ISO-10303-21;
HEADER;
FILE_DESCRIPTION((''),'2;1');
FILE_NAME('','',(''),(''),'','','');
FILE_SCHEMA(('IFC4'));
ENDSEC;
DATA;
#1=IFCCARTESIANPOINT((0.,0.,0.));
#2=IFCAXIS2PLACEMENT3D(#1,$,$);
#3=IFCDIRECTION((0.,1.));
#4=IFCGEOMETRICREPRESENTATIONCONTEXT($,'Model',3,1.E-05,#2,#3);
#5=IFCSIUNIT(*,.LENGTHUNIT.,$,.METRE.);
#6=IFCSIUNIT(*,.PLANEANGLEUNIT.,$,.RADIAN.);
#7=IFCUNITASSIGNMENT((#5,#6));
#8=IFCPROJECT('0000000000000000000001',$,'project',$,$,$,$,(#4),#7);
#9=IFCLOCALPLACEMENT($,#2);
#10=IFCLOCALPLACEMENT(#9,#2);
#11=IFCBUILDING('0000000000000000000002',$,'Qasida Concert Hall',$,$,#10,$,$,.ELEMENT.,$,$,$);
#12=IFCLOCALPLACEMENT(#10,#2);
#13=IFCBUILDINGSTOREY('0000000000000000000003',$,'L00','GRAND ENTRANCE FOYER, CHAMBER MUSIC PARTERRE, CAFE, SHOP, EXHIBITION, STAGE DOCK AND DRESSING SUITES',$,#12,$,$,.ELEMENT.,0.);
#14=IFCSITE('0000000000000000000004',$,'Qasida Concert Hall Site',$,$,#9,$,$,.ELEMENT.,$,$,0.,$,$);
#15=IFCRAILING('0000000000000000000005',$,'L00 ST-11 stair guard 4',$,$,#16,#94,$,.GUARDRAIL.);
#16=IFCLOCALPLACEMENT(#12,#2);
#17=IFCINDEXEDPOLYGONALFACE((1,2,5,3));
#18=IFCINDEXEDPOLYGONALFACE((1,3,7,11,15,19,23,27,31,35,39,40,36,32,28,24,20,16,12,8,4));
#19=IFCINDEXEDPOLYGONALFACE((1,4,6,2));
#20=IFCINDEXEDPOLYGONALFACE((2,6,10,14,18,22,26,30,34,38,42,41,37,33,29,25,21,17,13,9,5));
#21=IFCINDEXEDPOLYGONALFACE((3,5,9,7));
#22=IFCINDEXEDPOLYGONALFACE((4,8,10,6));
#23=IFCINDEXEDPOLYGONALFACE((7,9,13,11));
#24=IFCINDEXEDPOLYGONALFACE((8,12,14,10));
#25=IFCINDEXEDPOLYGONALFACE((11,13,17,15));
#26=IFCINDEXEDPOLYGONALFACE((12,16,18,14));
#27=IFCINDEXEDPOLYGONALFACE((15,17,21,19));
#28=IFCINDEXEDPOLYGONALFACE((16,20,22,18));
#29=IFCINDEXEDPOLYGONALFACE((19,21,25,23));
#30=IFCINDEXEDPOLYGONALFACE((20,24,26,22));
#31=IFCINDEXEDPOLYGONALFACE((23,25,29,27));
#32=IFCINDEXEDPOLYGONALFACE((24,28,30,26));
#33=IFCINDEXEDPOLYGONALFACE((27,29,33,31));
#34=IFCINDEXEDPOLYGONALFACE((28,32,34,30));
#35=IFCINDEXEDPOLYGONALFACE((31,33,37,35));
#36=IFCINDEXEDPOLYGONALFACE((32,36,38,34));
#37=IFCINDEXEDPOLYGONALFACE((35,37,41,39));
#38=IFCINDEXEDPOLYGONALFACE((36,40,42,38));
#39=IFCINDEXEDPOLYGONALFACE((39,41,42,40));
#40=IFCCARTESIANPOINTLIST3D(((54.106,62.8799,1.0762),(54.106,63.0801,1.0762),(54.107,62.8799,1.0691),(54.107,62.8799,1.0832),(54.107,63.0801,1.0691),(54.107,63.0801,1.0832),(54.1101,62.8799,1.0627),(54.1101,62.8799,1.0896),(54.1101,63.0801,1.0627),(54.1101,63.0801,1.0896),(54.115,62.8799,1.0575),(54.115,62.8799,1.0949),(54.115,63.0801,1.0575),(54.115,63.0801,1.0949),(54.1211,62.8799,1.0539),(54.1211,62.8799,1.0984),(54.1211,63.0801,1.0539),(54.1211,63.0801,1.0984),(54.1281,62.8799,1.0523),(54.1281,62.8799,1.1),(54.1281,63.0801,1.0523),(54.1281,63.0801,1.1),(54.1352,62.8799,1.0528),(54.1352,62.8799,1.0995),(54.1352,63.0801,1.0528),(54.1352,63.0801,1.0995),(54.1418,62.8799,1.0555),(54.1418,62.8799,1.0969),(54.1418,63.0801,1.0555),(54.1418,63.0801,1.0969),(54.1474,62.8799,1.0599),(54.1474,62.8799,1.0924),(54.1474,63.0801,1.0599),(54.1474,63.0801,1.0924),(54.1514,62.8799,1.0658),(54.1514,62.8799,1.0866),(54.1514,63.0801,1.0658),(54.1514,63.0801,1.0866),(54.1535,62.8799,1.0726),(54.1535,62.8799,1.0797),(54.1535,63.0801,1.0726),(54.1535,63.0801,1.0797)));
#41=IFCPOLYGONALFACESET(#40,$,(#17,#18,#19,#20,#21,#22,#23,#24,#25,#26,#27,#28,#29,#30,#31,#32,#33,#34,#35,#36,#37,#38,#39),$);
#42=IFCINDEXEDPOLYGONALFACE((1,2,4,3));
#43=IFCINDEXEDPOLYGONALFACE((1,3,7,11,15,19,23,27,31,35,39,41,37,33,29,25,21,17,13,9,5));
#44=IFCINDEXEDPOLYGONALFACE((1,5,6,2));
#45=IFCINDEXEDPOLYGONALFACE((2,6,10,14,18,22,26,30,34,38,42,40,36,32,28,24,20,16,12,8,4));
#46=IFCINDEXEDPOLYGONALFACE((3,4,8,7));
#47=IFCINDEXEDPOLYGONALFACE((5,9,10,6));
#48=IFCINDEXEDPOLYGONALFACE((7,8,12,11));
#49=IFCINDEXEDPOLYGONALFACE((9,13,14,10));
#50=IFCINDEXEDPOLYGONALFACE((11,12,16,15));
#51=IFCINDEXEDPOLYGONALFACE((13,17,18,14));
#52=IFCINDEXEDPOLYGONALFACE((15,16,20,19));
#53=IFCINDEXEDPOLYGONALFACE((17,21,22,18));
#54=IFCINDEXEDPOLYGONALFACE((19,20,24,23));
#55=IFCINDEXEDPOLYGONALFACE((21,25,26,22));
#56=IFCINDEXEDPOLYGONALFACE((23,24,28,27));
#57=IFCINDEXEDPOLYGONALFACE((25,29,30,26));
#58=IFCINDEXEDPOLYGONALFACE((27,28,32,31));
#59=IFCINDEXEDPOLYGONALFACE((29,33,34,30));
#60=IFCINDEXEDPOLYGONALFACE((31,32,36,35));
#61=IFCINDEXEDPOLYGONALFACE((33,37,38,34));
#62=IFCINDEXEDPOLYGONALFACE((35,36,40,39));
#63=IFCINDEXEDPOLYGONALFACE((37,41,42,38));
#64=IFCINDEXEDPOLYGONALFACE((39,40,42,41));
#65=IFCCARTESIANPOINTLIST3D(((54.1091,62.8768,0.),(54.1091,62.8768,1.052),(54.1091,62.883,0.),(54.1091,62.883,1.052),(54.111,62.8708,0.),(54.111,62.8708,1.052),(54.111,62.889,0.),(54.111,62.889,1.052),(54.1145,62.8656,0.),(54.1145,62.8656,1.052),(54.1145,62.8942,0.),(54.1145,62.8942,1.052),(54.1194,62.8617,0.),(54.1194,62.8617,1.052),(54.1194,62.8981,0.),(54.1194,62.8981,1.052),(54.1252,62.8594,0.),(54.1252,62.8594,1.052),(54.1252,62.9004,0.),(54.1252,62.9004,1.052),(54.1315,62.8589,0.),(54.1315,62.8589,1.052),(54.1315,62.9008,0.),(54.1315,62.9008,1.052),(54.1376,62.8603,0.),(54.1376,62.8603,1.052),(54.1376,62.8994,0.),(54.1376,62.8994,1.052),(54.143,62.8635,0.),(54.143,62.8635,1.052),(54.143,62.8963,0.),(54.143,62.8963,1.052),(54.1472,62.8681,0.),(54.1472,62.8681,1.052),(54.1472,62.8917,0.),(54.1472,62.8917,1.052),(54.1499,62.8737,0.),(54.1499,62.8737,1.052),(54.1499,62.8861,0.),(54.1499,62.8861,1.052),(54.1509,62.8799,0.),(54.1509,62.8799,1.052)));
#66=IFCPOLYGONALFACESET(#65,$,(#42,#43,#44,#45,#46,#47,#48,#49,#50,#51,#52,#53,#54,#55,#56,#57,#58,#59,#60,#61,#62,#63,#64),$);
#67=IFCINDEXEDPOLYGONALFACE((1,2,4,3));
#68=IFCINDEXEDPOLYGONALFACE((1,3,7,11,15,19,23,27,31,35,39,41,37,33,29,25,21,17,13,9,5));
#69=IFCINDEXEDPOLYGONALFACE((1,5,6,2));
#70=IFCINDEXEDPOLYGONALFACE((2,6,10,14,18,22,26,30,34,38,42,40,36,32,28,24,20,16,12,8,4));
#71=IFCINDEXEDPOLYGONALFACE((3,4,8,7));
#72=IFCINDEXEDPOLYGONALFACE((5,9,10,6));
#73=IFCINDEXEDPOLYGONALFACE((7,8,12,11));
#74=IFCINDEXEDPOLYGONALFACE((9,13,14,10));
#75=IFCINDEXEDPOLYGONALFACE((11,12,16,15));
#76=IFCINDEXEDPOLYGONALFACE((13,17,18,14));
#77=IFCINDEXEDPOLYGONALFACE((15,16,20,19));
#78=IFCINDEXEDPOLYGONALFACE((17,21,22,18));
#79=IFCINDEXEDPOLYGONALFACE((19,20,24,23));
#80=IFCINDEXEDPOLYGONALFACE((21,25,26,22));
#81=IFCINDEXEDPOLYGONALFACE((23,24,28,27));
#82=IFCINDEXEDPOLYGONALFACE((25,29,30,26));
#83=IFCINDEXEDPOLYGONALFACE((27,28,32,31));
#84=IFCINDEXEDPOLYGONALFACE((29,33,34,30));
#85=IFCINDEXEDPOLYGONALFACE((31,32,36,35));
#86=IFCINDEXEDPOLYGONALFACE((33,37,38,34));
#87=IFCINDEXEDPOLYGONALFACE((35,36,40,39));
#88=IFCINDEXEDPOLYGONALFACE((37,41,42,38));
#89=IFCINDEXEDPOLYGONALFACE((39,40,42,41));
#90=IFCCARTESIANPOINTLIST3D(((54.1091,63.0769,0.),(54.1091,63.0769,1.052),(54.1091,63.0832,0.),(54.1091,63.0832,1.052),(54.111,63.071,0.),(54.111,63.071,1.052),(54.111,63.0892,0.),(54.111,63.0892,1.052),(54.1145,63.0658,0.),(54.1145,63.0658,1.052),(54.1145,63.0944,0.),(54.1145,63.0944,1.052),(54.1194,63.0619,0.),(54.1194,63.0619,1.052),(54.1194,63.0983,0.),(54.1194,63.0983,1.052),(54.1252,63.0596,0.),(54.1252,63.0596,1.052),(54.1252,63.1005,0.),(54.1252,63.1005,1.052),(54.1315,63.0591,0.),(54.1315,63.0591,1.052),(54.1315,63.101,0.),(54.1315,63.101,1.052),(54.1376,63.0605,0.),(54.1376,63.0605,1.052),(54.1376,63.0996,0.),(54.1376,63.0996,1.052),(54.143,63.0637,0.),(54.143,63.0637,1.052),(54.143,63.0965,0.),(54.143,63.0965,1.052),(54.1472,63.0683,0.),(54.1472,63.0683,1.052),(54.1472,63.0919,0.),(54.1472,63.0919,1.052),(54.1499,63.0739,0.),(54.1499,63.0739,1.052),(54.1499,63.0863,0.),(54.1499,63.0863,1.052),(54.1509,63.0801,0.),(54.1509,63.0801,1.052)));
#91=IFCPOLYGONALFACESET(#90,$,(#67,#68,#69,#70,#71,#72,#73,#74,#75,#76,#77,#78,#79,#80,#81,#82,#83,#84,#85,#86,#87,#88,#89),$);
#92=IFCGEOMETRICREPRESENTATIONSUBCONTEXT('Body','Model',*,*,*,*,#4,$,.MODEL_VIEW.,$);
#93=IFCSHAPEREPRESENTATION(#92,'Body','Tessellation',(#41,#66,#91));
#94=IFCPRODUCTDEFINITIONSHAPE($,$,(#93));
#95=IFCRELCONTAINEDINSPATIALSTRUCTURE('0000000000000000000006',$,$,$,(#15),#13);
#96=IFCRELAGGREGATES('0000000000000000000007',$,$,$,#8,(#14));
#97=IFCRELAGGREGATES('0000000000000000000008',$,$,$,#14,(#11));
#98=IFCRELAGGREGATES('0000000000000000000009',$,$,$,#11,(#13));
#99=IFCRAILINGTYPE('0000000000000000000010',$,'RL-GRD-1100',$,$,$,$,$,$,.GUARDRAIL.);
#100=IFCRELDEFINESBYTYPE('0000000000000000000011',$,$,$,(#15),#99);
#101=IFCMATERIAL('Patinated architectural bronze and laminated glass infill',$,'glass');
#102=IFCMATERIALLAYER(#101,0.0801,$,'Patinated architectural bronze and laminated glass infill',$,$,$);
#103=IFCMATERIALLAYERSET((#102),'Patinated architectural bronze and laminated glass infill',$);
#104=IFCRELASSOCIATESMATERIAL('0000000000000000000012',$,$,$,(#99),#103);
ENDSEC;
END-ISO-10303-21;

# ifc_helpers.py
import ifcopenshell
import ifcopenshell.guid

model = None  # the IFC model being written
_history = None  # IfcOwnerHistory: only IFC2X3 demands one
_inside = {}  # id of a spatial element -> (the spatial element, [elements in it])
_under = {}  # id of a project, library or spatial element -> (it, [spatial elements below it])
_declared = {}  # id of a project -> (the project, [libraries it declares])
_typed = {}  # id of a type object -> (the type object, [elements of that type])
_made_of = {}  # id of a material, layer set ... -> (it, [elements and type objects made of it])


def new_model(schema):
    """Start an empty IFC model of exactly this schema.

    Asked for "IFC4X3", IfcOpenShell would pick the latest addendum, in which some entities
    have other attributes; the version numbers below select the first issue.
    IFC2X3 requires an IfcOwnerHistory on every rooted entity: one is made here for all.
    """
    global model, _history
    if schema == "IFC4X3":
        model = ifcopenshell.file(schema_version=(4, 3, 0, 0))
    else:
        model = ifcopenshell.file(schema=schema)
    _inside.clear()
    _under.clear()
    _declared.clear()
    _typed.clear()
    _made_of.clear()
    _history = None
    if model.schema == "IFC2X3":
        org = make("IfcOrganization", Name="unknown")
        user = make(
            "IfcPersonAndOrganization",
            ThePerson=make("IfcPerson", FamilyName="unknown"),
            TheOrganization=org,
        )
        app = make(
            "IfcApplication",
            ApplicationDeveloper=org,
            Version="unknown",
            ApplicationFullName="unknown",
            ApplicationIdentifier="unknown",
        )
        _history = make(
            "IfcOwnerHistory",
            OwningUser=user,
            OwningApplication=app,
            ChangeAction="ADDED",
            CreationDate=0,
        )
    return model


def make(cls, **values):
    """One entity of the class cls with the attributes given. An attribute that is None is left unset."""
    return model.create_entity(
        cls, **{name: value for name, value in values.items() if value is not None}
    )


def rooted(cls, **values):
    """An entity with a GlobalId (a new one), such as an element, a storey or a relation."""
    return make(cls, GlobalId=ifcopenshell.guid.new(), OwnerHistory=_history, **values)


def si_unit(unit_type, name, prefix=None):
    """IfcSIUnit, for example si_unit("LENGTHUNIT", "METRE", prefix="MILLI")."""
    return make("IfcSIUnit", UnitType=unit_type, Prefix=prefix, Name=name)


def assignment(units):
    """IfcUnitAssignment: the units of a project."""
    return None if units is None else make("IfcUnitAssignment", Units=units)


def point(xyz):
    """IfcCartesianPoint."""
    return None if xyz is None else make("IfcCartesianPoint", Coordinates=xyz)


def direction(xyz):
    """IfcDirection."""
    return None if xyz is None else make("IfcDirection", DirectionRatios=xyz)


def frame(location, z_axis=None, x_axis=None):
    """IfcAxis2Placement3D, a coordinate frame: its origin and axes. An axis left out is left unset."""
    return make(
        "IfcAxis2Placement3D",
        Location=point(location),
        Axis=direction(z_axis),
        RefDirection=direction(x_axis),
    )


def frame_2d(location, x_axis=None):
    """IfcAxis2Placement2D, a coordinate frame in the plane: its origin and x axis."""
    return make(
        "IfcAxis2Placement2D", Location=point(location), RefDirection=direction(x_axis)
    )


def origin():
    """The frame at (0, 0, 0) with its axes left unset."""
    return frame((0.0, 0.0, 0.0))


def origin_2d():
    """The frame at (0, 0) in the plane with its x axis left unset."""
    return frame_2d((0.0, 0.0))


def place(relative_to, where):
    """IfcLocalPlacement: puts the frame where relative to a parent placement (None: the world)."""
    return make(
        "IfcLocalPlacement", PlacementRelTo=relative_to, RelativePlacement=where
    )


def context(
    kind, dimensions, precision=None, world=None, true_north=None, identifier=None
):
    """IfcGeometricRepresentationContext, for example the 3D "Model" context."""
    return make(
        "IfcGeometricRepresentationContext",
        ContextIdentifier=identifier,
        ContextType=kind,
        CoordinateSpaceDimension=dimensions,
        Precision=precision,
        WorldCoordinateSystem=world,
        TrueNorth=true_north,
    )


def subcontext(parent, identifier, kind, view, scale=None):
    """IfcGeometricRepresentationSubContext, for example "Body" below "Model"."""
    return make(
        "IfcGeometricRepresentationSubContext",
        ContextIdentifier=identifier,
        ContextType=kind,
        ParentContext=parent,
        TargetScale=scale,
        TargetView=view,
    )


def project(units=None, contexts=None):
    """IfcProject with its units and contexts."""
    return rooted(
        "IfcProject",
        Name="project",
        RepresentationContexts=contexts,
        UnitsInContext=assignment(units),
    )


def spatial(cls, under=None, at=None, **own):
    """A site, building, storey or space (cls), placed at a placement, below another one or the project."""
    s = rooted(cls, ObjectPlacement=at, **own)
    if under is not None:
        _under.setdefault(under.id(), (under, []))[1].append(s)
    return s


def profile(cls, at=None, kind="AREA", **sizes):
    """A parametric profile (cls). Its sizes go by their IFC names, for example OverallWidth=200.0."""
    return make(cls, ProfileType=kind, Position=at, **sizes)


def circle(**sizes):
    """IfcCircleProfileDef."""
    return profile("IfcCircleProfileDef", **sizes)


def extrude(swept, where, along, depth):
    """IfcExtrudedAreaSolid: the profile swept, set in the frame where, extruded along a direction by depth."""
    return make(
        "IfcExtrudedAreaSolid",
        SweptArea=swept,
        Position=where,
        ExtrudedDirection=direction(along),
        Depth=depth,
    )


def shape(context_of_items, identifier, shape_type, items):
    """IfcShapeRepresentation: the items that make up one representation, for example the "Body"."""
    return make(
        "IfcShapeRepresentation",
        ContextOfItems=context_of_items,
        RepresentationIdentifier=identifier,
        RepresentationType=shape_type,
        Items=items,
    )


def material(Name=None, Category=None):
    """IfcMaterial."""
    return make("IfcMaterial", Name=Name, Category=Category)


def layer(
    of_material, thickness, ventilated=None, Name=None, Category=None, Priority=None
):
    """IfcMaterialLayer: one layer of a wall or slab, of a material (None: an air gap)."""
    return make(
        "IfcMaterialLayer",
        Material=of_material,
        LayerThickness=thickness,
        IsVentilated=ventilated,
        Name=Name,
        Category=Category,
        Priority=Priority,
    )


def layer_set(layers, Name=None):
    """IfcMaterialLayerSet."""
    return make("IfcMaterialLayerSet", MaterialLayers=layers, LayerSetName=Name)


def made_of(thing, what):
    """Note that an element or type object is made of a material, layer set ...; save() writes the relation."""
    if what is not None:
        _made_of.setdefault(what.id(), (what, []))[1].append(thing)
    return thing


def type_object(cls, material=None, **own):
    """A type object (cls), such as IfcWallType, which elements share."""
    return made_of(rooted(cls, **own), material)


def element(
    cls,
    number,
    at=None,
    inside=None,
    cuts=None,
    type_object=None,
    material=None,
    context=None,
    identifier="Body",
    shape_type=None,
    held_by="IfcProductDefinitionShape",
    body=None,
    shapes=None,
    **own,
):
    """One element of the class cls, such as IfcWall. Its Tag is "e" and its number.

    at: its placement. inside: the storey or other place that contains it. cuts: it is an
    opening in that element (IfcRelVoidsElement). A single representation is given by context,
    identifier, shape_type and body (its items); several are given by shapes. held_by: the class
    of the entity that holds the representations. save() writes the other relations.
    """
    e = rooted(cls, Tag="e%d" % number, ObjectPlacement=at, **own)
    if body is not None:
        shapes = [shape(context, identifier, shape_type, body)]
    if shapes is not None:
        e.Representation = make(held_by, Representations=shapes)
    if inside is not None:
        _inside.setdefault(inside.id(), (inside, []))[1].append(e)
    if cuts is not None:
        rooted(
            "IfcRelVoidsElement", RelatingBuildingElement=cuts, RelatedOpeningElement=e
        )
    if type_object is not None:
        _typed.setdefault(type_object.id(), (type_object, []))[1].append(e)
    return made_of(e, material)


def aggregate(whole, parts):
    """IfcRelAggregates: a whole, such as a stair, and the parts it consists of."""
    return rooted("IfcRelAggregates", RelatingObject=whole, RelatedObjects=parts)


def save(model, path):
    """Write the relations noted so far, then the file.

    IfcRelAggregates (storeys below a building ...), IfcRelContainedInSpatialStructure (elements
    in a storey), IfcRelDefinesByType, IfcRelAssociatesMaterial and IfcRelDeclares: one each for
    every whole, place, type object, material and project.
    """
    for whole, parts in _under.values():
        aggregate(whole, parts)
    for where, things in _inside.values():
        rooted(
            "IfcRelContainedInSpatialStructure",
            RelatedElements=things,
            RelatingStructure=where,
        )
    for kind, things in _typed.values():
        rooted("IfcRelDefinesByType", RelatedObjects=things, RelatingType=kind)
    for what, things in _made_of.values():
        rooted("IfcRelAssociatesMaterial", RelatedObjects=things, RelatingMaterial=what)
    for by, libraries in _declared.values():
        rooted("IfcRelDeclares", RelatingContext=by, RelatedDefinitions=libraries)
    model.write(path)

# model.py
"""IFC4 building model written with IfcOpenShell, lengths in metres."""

from ifc_helpers import new_model, si_unit, direction, frame, origin, origin_2d, place, context, subcontext, project, spatial, circle, extrude, material, layer, layer_set, type_object, element, save


model = new_model("IFC4")

# Units and contexts
model_context = context("Model", 3, precision=1e-05, world=origin(), true_north=direction((0.0, 1.0)))
body_context = subcontext(model_context, "Body", "Model", "MODEL_VIEW")
ifc_project = project(units=[si_unit("LENGTHUNIT", "METRE"), si_unit("PLANEANGLEUNIT", "RADIAN")], contexts=[model_context])

# Site, building, storey
site_placement = place(None, origin())
site = spatial("IfcSite", under=ifc_project, at=site_placement, Name="Qasida Concert Hall Site", CompositionType="ELEMENT", RefElevation=0.0)
building_placement = place(site_placement, origin())
building = spatial("IfcBuilding", under=site, at=building_placement, Name="Qasida Concert Hall", CompositionType="ELEMENT")
storey_placement = place(building_placement, origin())
storey = spatial("IfcBuildingStorey", under=building, at=storey_placement, Name="L00", Description="GRAND ENTRANCE FOYER, CHAMBER MUSIC PARTERRE, CAFE, SHOP, EXHIBITION, STAGE DOCK AND DRESSING SUITES", CompositionType="ELEMENT", Elevation=0.0)

# Railing
ifc_material_1 = material(Name="Patinated architectural bronze and laminated glass infill", Category="glass")
ifc_layer_1 = layer(ifc_material_1, 0.0801, Name="Patinated architectural bronze and laminated glass infill")
ifc_layer_set_1 = layer_set([ifc_layer_1], Name="Patinated architectural bronze and laminated glass infill")
railing_type_1 = type_object("IfcRailingType", Name="RL-GRD-1100", PredefinedType="GUARDRAIL", material=ifc_layer_set_1)
railing_1_placement = place(storey_placement, frame((54.1299, 62.8799, 0.0)))
element("IfcRailing", 1, at=railing_1_placement, inside=storey, type_object=railing_type_1, Name="L00 ST-11 stair guard 4", PredefinedType="GUARDRAIL", context=body_context, shape_type="SweptSolid", body=[
    extrude(circle(Radius=0.0239, at=origin_2d()), frame((0.0, 0.0, 1.0762), z_axis=(0.0, 1.0, 0.0), x_axis=(-1.0, 0.0, 0.0)), (0.0, 0.0, 1.0), 0.2002),
    extrude(circle(Radius=0.021, at=origin_2d()), origin(), (0.0, 0.0, 1.0), 1.052),
    extrude(circle(Radius=0.021, at=origin_2d()), frame((0.0, 0.2002, 0.0)), (0.0, 0.0, 1.0), 1.052),
])

save(model, "model.ifc")
